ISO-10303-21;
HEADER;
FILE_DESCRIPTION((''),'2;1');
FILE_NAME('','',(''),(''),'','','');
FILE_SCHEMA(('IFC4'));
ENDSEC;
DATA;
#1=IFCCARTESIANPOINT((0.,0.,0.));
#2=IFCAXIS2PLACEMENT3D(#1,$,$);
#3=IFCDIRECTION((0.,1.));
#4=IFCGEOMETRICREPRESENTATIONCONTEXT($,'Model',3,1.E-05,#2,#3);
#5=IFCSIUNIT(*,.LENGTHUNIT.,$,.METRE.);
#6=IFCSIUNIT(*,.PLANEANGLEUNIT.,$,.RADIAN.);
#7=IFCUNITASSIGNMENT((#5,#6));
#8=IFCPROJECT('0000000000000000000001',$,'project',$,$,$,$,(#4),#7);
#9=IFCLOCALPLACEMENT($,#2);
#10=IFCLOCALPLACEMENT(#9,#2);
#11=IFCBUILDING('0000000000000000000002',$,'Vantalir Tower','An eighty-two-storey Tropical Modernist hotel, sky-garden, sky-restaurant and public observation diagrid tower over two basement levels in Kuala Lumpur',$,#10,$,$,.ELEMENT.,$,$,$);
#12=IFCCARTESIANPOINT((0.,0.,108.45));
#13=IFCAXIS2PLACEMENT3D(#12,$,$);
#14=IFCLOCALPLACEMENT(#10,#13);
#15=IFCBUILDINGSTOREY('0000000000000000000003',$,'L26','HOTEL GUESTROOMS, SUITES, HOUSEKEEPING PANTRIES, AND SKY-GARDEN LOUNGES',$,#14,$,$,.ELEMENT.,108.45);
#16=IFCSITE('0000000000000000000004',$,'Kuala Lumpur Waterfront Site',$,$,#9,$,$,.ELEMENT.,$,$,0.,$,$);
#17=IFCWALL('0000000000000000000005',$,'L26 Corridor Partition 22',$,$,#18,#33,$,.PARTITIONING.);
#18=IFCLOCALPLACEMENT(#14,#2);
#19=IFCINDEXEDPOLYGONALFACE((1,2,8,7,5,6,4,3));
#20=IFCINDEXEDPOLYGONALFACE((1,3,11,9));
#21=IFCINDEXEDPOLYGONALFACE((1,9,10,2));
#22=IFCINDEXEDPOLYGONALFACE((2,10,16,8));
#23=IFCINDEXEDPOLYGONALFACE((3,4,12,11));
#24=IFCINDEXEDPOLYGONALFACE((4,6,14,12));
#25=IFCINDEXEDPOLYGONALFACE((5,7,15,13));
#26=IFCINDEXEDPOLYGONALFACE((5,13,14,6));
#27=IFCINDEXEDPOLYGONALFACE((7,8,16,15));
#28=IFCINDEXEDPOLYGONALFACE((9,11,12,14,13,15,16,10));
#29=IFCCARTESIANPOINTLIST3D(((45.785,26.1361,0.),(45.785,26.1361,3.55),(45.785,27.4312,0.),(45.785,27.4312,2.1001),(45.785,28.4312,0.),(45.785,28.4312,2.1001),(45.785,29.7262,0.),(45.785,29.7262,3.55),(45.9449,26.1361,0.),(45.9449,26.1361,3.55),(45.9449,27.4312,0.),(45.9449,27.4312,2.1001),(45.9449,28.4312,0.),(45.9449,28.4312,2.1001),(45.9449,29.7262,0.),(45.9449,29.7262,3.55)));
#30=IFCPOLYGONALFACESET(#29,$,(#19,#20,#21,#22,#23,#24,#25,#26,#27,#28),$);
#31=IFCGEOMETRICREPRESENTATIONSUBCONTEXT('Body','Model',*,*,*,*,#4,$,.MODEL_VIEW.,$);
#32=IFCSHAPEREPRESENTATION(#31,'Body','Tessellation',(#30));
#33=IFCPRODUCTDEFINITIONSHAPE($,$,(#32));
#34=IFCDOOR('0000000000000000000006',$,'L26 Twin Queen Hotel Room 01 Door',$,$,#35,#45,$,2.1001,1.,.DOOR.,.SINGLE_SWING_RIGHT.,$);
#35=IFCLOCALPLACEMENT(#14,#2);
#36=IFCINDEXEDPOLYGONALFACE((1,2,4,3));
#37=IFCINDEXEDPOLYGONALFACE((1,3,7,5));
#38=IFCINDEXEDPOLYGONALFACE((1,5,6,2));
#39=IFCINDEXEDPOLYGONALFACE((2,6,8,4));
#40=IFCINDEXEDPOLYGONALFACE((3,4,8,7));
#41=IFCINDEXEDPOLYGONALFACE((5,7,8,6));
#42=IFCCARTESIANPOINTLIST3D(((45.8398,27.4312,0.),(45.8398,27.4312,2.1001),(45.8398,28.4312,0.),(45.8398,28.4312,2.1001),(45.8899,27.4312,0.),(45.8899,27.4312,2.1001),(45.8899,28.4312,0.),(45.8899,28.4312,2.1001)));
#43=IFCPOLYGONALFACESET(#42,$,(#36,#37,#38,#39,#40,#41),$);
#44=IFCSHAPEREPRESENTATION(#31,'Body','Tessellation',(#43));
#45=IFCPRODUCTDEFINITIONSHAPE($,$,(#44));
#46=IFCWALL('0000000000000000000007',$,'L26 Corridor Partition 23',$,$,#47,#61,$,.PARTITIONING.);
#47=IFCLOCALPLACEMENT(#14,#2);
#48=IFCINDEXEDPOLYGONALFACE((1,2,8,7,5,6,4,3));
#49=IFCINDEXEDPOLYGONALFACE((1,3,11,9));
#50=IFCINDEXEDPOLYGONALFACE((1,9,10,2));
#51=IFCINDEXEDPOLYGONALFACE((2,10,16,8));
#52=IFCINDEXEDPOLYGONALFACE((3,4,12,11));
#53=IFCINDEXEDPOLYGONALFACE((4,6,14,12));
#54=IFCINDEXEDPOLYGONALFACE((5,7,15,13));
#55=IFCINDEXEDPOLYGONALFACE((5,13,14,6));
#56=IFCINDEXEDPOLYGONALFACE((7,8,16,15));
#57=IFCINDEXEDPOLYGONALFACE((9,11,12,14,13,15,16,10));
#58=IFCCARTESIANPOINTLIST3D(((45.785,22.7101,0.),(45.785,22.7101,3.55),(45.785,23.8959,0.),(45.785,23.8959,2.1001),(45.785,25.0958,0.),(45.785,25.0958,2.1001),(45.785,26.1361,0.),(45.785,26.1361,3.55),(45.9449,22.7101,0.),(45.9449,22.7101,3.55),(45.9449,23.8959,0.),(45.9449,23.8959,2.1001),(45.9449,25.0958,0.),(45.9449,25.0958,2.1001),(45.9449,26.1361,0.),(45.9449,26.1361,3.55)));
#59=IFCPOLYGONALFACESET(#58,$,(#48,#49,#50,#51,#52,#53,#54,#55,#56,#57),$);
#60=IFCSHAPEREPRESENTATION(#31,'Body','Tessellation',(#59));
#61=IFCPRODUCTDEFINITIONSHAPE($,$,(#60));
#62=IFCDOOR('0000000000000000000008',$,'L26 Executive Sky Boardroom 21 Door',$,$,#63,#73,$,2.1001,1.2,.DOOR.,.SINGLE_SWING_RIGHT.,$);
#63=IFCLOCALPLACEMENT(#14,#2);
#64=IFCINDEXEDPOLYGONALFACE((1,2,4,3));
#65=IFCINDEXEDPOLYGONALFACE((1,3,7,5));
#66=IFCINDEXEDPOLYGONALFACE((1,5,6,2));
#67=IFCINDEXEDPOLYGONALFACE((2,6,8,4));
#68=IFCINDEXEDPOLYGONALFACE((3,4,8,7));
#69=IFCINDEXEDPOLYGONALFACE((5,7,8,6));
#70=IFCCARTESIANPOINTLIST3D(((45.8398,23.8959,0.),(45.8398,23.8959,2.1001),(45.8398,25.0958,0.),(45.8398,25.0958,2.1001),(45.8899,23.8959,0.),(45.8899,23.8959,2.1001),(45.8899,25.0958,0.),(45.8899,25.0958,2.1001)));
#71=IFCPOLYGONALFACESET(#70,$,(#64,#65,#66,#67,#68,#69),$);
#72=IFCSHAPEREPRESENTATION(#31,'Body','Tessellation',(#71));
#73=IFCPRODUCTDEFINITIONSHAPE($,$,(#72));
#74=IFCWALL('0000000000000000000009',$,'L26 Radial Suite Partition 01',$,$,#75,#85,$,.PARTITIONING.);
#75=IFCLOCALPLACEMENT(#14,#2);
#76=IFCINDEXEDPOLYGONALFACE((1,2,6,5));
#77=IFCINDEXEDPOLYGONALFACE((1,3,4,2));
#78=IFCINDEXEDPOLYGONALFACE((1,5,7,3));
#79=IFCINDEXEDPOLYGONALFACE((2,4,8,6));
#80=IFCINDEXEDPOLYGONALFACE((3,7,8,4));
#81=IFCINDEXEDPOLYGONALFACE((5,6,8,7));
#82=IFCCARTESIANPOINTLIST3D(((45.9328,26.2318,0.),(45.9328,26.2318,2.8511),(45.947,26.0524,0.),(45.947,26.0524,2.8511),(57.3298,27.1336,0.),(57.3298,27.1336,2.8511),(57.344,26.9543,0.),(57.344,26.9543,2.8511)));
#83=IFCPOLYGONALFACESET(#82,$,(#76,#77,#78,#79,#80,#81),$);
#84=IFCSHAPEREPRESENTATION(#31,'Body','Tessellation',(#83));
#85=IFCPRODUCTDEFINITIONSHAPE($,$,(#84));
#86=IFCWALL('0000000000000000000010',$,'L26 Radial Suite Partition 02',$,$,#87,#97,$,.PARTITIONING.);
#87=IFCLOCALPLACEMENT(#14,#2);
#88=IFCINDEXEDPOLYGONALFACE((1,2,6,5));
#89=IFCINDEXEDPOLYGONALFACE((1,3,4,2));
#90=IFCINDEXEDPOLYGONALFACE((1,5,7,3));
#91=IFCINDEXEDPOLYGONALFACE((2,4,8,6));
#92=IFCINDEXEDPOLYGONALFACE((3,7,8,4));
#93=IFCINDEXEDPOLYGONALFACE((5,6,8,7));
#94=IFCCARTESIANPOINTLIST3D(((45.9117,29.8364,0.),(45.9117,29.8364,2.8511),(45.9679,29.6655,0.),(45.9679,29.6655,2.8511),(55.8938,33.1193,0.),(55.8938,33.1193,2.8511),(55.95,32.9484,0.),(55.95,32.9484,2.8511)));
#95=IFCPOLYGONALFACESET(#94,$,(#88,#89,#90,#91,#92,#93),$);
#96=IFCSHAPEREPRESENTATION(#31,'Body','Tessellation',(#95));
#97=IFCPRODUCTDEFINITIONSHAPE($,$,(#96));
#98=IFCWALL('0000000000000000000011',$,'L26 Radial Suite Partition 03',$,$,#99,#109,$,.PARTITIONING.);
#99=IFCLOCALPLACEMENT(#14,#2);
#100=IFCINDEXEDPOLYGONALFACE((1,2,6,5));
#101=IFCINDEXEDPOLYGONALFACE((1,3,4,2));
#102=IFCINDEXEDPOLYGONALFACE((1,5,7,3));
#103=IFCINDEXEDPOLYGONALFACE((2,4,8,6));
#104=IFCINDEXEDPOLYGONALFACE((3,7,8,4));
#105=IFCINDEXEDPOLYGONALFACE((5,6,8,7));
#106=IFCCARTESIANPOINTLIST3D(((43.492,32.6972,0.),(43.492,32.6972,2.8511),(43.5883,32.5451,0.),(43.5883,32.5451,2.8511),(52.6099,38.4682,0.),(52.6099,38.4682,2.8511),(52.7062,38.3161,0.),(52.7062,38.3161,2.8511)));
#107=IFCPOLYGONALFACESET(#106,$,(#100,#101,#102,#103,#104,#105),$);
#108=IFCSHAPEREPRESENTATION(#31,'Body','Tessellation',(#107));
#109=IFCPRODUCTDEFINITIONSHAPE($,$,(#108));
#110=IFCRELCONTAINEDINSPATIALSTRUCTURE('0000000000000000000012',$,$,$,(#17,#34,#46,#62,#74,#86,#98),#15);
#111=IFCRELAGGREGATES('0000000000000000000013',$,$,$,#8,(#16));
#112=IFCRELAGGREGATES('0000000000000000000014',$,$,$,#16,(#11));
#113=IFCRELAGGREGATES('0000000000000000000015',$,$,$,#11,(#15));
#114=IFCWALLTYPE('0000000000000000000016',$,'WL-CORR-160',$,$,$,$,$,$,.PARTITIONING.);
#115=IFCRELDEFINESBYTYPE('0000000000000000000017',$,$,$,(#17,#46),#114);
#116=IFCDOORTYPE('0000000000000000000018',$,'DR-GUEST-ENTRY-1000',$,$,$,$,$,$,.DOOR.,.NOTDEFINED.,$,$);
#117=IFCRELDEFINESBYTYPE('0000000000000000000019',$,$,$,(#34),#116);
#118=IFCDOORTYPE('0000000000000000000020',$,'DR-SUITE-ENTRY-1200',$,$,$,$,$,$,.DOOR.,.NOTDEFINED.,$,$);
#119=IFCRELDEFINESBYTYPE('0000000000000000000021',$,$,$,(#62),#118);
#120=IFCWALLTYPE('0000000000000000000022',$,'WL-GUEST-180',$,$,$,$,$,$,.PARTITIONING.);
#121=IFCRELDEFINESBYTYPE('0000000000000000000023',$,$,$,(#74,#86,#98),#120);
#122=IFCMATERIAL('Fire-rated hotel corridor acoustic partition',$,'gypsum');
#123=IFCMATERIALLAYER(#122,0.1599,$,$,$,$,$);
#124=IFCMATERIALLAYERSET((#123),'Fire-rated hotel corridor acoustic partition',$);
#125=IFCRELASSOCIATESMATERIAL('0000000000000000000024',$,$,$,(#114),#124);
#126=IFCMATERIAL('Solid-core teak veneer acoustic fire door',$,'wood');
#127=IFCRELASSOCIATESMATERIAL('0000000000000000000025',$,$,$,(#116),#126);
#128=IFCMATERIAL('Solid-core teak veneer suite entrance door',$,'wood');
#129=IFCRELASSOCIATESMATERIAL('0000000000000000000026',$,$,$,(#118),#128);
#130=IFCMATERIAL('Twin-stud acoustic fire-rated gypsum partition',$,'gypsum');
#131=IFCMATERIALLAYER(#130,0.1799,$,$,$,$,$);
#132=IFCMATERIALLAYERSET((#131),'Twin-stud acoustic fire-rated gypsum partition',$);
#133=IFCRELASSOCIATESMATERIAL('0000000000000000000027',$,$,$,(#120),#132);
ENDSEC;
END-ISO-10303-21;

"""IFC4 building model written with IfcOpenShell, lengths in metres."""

from ifc_helpers import new_model, si_unit, direction, frame, frame_2d, origin, place, context, subcontext, project, spatial, rectangle, extrude, material, layer, layer_set, type_object, element, fill, save


model = new_model("IFC4")

# Units and contexts
model_context = context("Model", 3, precision=1e-05, world=origin(), true_north=direction((0.0, 1.0)))
body_context = subcontext(model_context, "Body", "Model", "MODEL_VIEW")
ifc_project = project(units=[si_unit("LENGTHUNIT", "METRE"), si_unit("PLANEANGLEUNIT", "RADIAN")], contexts=[model_context])

# Site, building, storey
site_placement = place(None, origin())
site = spatial("IfcSite", under=ifc_project, at=site_placement, Name="Kuala Lumpur Waterfront Site", CompositionType="ELEMENT", RefElevation=0.0)
building_placement = place(site_placement, origin())
building = spatial("IfcBuilding", under=site, at=building_placement, Name="Vantalir Tower", Description="An eighty-two-storey Tropical Modernist hotel, sky-garden, sky-restaurant and public observation diagrid tower over two basement levels in Kuala Lumpur", CompositionType="ELEMENT")
storey_placement = place(building_placement, frame((0.0, 0.0, 108.45)))
storey = spatial("IfcBuildingStorey", under=building, at=storey_placement, Name="L26", Description="HOTEL GUESTROOMS, SUITES, HOUSEKEEPING PANTRIES, AND SKY-GARDEN LOUNGES", CompositionType="ELEMENT", Elevation=108.45)

# Shared definitions
ifc_material_1 = material(Name="Fire-rated hotel corridor acoustic partition", Category="gypsum")
ifc_layer_1 = layer(ifc_material_1, 0.1599)
ifc_layer_set_1 = layer_set([ifc_layer_1], Name="Fire-rated hotel corridor acoustic partition")
wall_type_1 = type_object("IfcWallType", Name="WL-CORR-160", PredefinedType="PARTITIONING", material=ifc_layer_set_1)

# Shared definitions
ifc_material_2 = material(Name="Solid-core teak veneer acoustic fire door", Category="wood")
door_type_1 = type_object("IfcDoorType", Name="DR-GUEST-ENTRY-1000", OperationType="NOTDEFINED", PredefinedType="DOOR", material=ifc_material_2)

# Walls, openings, doors
wall_1_placement = place(storey_placement, frame((45.865, 29.7261, 0.0), z_axis=(0.0, 0.0, 1.0), x_axis=(0.0, -1.0, 0.0)))
wall_1 = element("IfcWall", 1, at=wall_1_placement, inside=storey, type_object=wall_type_1, Name="L26 Corridor Partition 22", PredefinedType="PARTITIONING", context=body_context, shape_type="SweptSolid", body=[
    extrude(rectangle(XDim=3.5901, YDim=0.1599, at=frame_2d((1.7949, 0.0))), origin(), (0.0, 0.0, 1.0), 3.55),
])
opening_1_placement = place(wall_1_placement, frame((1.2949, 0.0, 0.0)))
opening_1 = element("IfcOpeningElement", 2, at=opening_1_placement, cuts=wall_1, PredefinedType="OPENING", context=body_context, shape_type="SweptSolid", body=[
    extrude(rectangle(XDim=1.0, YDim=2.1001, at=frame_2d((0.5, 1.05))), frame((0.0, 0.0898, 0.0), z_axis=(0.0, -1.0, 0.0), x_axis=(1.0, 0.0, 0.0)), (0.0, 0.0, 1.0), 0.1799),
])
door_1_placement = place(opening_1_placement, origin())
door_1 = element("IfcDoor", 3, at=door_1_placement, inside=storey, type_object=door_type_1, Name="L26 Twin Queen Hotel Room 01 Door", OperationType="SINGLE_SWING_RIGHT", OverallHeight=2.1001, OverallWidth=1.0, PredefinedType="DOOR", context=body_context, shape_type="SweptSolid", body=[
    extrude(rectangle(XDim=1.0, YDim=2.1001, at=frame_2d((0.5, 1.05))), frame((0.0, 0.0249, 0.0), z_axis=(0.0, -1.0, 0.0), x_axis=(1.0, 0.0, 0.0)), (0.0, 0.0, 1.0), 0.05),
])
fill(opening_1, door_1)
wall_2_placement = place(storey_placement, frame((45.865, 26.136, 0.0), z_axis=(0.0, 0.0, 1.0), x_axis=(0.0, -1.0, 0.0)))
wall_2 = element("IfcWall", 4, at=wall_2_placement, inside=storey, type_object=wall_type_1, Name="L26 Corridor Partition 23", PredefinedType="PARTITIONING", context=body_context, shape_type="SweptSolid", body=[
    extrude(rectangle(XDim=3.426, YDim=0.1599, at=frame_2d((1.7129, 0.0))), origin(), (0.0, 0.0, 1.0), 3.55),
])
opening_2_placement = place(wall_2_placement, frame((1.04, 0.0, 0.0)))
opening_2 = element("IfcOpeningElement", 5, at=opening_2_placement, cuts=wall_2, PredefinedType="OPENING", context=body_context, shape_type="SweptSolid", body=[
    extrude(rectangle(XDim=1.2, YDim=2.1001, at=frame_2d((0.6001, 1.05))), frame((0.0, 0.0898, 0.0), z_axis=(0.0, -1.0, 0.0), x_axis=(1.0, 0.0, 0.0)), (0.0, 0.0, 1.0), 0.1799),
])
ifc_material_3 = material(Name="Solid-core teak veneer suite entrance door", Category="wood")
door_type_2 = type_object("IfcDoorType", Name="DR-SUITE-ENTRY-1200", OperationType="NOTDEFINED", PredefinedType="DOOR", material=ifc_material_3)
door_2_placement = place(opening_2_placement, origin())
door_2 = element("IfcDoor", 6, at=door_2_placement, inside=storey, type_object=door_type_2, Name="L26 Executive Sky Boardroom 21 Door", OperationType="SINGLE_SWING_RIGHT", OverallHeight=2.1001, OverallWidth=1.2, PredefinedType="DOOR", context=body_context, shape_type="SweptSolid", body=[
    extrude(rectangle(XDim=1.2, YDim=2.1001, at=frame_2d((0.6001, 1.05))), frame((0.0, 0.0249, 0.0), z_axis=(0.0, -1.0, 0.0), x_axis=(1.0, 0.0, 0.0)), (0.0, 0.0, 1.0), 0.05),
])
fill(opening_2, door_2)

# Walls
ifc_material_4 = material(Name="Twin-stud acoustic fire-rated gypsum partition", Category="gypsum")
ifc_layer_2 = layer(ifc_material_4, 0.1799)
ifc_layer_set_2 = layer_set([ifc_layer_2], Name="Twin-stud acoustic fire-rated gypsum partition")
wall_type_2 = type_object("IfcWallType", Name="WL-GUEST-180", PredefinedType="PARTITIONING", material=ifc_layer_set_2)
wall_3_placement = place(storey_placement, frame((45.9399, 26.1421, 0.0), z_axis=(0.0, 0.0, 1.0), x_axis=(0.996884, 0.078885, 0.0)))
element("IfcWall", 7, at=wall_3_placement, inside=storey, type_object=wall_type_2, Name="L26 Radial Suite Partition 01", PredefinedType="PARTITIONING", context=body_context, shape_type="SweptSolid", body=[
    extrude(rectangle(XDim=11.4326, YDim=0.1799, at=frame_2d((5.7163, 0.0))), origin(), (0.0, 0.0, 1.0), 2.8511),
])
wall_4_placement = place(storey_placement, frame((45.9399, 29.751, 0.0), z_axis=(0.0, 0.0, 1.0), x_axis=(0.949944, 0.31242, 0.0)))
element("IfcWall", 8, at=wall_4_placement, inside=storey, type_object=wall_type_2, Name="L26 Radial Suite Partition 02", PredefinedType="PARTITIONING", context=body_context, shape_type="SweptSolid", body=[
    extrude(rectangle(XDim=10.5081, YDim=0.1799, at=frame_2d((5.2539, 0.0))), origin(), (0.0, 0.0, 1.0), 2.8511),
])
wall_5_placement = place(storey_placement, frame((43.54, 32.6211, 0.0), z_axis=(0.0, 0.0, 1.0), x_axis=(0.844973, 0.534808, 0.0)))
element("IfcWall", 9, at=wall_5_placement, inside=storey, type_object=wall_type_2, Name="L26 Radial Suite Partition 03", PredefinedType="PARTITIONING", context=body_context, shape_type="SweptSolid", body=[
    extrude(rectangle(XDim=10.7908, YDim=0.1799, at=frame_2d((5.3955, 0.0))), origin(), (0.0, 0.0, 1.0), 2.8511),
])

save(model, "model.ifc")
